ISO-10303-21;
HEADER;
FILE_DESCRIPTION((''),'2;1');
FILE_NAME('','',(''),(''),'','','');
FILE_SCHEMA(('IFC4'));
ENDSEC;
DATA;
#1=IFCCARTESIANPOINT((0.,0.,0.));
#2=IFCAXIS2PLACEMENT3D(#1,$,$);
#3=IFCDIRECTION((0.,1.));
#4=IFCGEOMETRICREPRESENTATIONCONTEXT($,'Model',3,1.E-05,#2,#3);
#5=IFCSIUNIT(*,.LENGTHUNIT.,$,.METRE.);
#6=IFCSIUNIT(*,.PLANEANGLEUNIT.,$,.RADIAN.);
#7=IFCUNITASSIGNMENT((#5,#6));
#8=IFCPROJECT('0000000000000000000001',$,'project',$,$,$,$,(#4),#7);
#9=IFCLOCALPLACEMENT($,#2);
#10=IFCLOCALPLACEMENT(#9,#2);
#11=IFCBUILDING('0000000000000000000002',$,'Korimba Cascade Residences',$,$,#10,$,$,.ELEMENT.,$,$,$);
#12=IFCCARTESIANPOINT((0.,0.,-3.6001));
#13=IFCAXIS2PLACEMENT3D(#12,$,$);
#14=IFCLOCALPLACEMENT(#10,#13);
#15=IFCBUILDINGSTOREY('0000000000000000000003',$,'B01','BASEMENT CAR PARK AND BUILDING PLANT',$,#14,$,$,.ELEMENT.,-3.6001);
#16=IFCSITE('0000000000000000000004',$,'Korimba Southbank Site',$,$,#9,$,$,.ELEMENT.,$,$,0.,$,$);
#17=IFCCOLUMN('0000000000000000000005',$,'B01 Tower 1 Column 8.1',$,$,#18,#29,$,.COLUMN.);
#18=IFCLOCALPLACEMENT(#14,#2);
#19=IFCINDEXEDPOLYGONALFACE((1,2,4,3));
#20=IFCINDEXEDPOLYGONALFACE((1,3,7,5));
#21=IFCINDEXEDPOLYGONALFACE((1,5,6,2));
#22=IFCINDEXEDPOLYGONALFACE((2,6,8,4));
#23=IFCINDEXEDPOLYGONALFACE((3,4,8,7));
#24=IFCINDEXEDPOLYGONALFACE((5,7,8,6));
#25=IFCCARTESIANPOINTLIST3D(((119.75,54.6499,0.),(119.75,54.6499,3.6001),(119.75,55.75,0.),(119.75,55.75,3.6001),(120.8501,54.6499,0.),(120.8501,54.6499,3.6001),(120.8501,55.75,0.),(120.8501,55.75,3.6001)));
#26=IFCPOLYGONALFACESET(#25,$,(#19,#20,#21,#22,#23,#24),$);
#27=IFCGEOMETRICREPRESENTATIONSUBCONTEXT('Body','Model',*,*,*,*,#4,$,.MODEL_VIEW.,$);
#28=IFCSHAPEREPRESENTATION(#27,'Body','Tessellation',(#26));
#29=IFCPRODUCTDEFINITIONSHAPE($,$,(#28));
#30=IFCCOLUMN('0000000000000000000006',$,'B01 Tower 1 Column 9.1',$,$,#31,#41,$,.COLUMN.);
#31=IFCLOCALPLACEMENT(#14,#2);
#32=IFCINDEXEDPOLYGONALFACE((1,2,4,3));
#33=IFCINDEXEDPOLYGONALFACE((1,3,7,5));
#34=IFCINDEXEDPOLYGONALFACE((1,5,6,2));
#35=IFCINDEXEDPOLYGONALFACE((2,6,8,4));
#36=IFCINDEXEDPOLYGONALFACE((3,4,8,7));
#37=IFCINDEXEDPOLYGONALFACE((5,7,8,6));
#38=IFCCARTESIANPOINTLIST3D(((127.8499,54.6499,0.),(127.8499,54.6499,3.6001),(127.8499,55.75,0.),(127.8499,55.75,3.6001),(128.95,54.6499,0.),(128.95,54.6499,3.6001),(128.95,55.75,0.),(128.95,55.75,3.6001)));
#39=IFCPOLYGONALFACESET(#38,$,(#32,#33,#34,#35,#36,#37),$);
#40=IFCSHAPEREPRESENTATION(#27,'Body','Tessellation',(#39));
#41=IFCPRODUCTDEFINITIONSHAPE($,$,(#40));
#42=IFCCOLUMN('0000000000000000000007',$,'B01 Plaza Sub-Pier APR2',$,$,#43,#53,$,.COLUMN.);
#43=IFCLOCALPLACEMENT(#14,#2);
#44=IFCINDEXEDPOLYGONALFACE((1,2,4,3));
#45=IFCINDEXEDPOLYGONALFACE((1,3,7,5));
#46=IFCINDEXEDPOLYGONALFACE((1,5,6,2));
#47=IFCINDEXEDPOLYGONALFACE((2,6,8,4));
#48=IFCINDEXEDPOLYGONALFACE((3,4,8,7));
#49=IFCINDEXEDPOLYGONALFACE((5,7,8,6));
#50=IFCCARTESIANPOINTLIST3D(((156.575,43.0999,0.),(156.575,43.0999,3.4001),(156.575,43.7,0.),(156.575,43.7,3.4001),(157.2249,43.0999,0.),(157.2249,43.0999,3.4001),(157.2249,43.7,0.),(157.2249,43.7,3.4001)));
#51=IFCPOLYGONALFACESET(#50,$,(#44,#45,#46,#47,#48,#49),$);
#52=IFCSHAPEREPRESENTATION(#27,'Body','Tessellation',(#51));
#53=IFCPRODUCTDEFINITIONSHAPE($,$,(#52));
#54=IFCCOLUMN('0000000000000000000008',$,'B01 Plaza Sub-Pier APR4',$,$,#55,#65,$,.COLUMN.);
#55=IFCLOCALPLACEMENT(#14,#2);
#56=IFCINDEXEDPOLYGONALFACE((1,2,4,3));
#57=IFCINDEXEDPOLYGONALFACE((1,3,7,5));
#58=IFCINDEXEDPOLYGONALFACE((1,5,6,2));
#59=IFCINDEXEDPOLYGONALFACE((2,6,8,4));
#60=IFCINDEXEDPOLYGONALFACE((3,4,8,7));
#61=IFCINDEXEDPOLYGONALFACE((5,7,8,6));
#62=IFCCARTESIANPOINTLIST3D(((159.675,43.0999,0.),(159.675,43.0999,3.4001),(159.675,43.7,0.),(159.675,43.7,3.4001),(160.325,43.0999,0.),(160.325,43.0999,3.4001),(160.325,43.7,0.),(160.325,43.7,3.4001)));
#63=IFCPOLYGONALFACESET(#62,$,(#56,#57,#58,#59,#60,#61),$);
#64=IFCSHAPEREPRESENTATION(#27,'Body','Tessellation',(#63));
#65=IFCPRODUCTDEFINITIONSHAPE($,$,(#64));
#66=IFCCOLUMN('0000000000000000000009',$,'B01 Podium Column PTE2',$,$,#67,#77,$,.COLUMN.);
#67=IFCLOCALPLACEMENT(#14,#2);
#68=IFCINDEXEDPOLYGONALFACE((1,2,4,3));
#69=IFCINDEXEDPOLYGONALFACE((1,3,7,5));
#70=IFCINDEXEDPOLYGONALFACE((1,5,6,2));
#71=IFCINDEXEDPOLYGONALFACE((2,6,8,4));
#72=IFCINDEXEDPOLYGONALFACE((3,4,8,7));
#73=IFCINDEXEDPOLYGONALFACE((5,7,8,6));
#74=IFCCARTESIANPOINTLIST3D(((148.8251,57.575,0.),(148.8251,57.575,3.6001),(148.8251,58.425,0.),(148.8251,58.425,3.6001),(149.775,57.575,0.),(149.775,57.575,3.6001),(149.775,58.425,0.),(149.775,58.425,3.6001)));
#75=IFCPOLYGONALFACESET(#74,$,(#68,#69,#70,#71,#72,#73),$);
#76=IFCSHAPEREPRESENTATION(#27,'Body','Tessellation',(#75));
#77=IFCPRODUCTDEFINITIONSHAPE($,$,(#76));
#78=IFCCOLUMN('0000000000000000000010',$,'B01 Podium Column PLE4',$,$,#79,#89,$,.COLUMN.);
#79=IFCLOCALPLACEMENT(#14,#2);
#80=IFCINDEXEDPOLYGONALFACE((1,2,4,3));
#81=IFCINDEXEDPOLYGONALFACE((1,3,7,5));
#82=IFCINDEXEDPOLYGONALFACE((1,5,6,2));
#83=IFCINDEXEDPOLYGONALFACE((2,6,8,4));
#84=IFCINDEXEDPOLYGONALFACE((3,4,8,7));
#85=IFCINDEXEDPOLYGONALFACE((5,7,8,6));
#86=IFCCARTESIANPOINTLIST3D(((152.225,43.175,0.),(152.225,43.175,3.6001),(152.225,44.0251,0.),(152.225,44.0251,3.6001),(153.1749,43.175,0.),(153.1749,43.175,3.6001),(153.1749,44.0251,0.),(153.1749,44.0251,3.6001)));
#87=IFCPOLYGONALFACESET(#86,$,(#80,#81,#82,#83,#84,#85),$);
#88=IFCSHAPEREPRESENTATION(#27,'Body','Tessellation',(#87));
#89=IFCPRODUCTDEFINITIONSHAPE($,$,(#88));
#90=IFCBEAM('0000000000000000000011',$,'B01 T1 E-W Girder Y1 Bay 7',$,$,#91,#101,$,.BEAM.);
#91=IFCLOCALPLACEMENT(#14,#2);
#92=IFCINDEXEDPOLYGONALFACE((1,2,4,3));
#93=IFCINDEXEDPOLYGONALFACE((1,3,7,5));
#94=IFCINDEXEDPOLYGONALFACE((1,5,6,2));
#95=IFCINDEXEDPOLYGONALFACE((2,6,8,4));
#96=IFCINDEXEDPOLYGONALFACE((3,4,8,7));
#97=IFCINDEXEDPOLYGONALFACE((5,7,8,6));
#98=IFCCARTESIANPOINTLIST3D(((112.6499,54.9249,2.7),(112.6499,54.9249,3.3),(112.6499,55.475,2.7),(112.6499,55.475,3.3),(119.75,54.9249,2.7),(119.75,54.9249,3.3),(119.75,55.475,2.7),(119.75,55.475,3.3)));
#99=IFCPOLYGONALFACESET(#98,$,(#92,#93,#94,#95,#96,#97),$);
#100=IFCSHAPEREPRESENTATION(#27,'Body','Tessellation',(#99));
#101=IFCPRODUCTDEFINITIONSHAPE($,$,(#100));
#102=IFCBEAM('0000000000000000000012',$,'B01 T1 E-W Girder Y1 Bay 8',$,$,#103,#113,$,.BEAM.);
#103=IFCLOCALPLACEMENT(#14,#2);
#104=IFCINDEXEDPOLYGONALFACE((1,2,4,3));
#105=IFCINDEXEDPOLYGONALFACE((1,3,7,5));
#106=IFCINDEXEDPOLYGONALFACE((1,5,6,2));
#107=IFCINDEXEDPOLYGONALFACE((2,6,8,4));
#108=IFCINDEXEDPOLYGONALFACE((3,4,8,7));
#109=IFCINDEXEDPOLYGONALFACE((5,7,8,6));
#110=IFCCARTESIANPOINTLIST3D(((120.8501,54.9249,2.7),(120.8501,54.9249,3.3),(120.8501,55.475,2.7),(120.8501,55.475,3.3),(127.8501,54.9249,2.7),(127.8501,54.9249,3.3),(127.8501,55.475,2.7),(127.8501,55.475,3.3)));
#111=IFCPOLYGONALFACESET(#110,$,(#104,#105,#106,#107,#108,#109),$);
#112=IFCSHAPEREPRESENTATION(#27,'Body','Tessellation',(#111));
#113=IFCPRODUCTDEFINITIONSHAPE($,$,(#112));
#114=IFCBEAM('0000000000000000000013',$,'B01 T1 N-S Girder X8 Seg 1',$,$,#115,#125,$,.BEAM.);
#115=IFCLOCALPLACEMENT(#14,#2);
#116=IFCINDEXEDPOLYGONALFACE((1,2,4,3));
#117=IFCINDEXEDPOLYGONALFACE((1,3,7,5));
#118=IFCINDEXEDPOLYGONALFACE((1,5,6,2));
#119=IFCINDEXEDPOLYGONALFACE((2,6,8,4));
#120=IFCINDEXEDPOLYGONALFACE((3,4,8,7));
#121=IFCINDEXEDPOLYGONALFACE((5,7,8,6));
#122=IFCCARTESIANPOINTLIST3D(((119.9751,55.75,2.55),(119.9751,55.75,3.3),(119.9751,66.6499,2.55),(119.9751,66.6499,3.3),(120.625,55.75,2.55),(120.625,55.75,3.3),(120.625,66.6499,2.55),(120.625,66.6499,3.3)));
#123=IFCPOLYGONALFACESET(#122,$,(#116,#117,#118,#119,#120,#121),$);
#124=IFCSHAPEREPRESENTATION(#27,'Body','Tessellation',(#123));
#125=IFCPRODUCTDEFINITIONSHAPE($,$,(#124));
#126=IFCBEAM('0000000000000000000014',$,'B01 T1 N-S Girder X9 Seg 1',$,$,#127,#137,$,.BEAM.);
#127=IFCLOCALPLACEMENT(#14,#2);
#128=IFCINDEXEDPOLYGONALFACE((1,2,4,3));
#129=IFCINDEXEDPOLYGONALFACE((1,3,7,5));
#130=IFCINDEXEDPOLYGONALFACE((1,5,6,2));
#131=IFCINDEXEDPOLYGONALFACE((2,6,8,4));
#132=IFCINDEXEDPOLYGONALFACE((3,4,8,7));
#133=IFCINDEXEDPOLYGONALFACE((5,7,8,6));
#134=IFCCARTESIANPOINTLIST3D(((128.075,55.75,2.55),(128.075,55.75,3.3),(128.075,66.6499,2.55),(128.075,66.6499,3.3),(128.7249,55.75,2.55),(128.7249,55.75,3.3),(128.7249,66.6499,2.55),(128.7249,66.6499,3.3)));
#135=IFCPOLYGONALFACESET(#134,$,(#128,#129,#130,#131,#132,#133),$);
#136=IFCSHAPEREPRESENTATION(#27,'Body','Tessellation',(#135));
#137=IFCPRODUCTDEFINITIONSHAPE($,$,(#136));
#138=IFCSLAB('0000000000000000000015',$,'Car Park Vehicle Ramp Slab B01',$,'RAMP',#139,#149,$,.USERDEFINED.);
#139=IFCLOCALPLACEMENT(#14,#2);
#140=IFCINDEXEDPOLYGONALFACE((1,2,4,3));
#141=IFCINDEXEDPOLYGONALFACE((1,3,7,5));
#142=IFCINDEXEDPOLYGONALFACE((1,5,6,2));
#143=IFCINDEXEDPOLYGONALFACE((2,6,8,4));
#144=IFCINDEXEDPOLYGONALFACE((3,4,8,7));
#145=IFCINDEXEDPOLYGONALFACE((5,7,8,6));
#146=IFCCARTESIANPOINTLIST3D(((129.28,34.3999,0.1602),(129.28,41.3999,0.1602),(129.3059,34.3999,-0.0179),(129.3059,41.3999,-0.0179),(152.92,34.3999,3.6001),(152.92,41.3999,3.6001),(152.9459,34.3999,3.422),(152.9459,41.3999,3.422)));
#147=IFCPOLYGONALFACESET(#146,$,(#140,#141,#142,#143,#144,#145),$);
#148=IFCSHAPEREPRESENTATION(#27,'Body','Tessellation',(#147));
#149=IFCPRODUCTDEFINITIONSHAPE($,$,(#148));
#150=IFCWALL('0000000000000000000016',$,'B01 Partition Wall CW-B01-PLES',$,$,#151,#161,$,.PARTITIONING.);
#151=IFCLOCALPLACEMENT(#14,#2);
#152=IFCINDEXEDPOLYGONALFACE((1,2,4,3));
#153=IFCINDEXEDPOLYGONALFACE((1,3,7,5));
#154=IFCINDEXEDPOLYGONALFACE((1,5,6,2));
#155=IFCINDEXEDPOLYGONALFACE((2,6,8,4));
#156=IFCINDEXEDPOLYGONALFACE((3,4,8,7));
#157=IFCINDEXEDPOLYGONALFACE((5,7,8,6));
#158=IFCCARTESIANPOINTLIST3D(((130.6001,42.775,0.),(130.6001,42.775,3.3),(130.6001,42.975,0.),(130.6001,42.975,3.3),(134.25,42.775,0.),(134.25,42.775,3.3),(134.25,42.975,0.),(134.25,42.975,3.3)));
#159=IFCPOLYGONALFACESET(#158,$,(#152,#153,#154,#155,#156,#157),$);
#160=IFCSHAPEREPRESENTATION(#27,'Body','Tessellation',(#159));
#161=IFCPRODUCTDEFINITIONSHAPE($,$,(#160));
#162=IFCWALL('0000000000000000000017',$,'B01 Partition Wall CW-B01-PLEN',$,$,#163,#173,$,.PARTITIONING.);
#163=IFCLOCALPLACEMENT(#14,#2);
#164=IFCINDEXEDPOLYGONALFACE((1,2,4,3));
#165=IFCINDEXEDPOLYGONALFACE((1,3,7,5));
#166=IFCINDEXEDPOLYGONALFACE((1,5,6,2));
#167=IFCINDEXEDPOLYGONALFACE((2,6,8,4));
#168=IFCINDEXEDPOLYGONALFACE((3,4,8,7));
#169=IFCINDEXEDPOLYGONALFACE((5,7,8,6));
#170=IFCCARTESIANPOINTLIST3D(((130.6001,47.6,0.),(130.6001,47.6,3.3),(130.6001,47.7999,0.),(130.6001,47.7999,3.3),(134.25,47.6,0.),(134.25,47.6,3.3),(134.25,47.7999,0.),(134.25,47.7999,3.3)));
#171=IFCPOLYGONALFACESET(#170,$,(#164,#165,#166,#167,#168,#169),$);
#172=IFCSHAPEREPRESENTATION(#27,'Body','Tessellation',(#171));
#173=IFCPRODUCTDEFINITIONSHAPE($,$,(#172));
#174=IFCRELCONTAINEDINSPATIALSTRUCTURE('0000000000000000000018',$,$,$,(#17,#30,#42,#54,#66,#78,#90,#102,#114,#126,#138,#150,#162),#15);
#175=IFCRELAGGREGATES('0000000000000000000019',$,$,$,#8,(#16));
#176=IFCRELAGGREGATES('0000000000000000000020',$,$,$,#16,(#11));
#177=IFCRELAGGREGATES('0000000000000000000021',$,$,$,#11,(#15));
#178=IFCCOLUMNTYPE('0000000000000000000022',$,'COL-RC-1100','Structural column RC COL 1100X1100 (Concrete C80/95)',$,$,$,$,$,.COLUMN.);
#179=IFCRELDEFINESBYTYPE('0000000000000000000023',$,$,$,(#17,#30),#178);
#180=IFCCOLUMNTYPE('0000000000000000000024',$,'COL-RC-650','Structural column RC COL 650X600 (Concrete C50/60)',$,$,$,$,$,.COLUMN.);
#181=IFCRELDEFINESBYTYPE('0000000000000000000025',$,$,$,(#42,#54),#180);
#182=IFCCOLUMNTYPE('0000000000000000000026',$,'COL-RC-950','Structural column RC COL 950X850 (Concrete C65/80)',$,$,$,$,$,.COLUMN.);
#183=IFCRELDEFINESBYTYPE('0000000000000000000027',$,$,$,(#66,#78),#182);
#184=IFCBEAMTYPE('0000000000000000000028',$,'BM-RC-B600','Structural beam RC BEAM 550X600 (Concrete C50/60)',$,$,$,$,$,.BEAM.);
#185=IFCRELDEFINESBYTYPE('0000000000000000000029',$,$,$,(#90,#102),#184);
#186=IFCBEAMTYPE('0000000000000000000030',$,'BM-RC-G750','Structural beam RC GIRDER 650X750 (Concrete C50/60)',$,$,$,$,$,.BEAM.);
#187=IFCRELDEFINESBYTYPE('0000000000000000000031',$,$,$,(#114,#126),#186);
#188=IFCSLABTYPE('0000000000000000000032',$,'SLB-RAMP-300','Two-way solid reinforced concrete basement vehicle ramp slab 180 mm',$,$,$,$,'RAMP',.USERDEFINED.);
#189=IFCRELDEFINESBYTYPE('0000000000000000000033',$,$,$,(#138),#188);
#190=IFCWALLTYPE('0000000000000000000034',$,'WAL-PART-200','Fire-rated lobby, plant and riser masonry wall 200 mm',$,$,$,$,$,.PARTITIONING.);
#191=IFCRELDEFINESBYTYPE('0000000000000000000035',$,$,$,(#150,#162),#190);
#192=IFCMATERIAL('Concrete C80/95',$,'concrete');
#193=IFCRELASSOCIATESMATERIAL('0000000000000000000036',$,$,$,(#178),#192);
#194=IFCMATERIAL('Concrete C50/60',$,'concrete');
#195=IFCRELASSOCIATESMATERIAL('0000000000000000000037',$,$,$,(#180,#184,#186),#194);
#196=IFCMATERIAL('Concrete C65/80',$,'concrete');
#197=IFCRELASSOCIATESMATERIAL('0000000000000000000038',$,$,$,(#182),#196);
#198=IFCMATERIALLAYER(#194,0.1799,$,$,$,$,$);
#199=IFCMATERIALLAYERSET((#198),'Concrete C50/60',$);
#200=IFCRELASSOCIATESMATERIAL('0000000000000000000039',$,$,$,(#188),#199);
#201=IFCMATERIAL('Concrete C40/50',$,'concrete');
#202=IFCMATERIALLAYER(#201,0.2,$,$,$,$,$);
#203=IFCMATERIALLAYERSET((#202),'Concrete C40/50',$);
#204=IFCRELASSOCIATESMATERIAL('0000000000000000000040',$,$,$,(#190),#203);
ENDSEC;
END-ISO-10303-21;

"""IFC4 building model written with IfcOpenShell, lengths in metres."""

from ifc_helpers import new_model, si_unit, direction, frame, frame_2d, origin, origin_2d, place, context, subcontext, project, spatial, polyline, rectangle, outline, extrude, material, layer, layer_set, material_profile, profile_set, type_object, element, save


model = new_model("IFC4")

# Units and contexts
model_context = context("Model", 3, precision=1e-05, world=origin(), true_north=direction((0.0, 1.0)))
body_context = subcontext(model_context, "Body", "Model", "MODEL_VIEW")
ifc_project = project(units=[si_unit("LENGTHUNIT", "METRE"), si_unit("PLANEANGLEUNIT", "RADIAN")], contexts=[model_context])

# Site, building, storey
site_placement = place(None, origin())
site = spatial("IfcSite", under=ifc_project, at=site_placement, Name="Korimba Southbank Site", CompositionType="ELEMENT", RefElevation=0.0)
building_placement = place(site_placement, origin())
building = spatial("IfcBuilding", under=site, at=building_placement, Name="Korimba Cascade Residences", CompositionType="ELEMENT")
storey_placement = place(building_placement, frame((0.0, 0.0, -3.6001)))
storey = spatial("IfcBuildingStorey", under=building, at=storey_placement, Name="B01", Description="BASEMENT CAR PARK AND BUILDING PLANT", CompositionType="ELEMENT", Elevation=-3.6001)

# Columns
ifc_material_1 = material(Name="Concrete C80/95", Category="concrete")
ifc_material_profile_1 = material_profile(ifc_material_1, rectangle(XDim=1.1001, YDim=1.1001, at=origin_2d()), Name="Concrete C80/95")
ifc_profile_set_1 = profile_set([ifc_material_profile_1], Name="Concrete C80/95")
column_type_1 = type_object("IfcColumnType", Name="COL-RC-1100", Description="Structural column RC COL 1100X1100 (Concrete C80/95)", PredefinedType="COLUMN", material=ifc_profile_set_1)
for number, where, z_axis, x_axis, name in (
    (1, (120.3, 55.2, 0.0), (0.0, 0.0, 1.0), (1.0, 0.0, 0.0), "B01 Tower 1 Column 8.1"),
    (2, (128.3999, 55.2, 0.0), (0.0, 0.0, 1.0), (1.0, 0.0, 0.0), "B01 Tower 1 Column 9.1"),
):
    element("IfcColumn", number, at=place(storey_placement, frame(where, z_axis=z_axis, x_axis=x_axis)), inside=storey, type_object=column_type_1, Name=name, PredefinedType="COLUMN", context=body_context, shape_type="SweptSolid", body=[
        extrude(rectangle(XDim=1.1001, YDim=1.1001, at=origin_2d()), origin(), (0.0, 0.0, 1.0), 3.6001),
    ])
ifc_material_2 = material(Name="Concrete C50/60", Category="concrete")
ifc_material_profile_2 = material_profile(ifc_material_2, rectangle(XDim=0.6499, YDim=0.6001, at=origin_2d()), Name="Concrete C50/60")
ifc_profile_set_2 = profile_set([ifc_material_profile_2], Name="Concrete C50/60")
column_type_2 = type_object("IfcColumnType", Name="COL-RC-650", Description="Structural column RC COL 650X600 (Concrete C50/60)", PredefinedType="COLUMN", material=ifc_profile_set_2)
for number, where, z_axis, x_axis, name in (
    (3, (156.8999, 43.3999, 0.0), (0.0, 0.0, 1.0), (1.0, 0.0, 0.0), "B01 Plaza Sub-Pier APR2"),
    (4, (160.0, 43.3999, 0.0), (0.0, 0.0, 1.0), (1.0, 0.0, 0.0), "B01 Plaza Sub-Pier APR4"),
):
    element("IfcColumn", number, at=place(storey_placement, frame(where, z_axis=z_axis, x_axis=x_axis)), inside=storey, type_object=column_type_2, Name=name, PredefinedType="COLUMN", context=body_context, shape_type="SweptSolid", body=[
        extrude(rectangle(XDim=0.6499, YDim=0.6001, at=origin_2d()), origin(), (0.0, 0.0, 1.0), 3.4001),
    ])
ifc_material_3 = material(Name="Concrete C65/80", Category="concrete")
ifc_material_profile_3 = material_profile(ifc_material_3, rectangle(XDim=0.95, YDim=0.8501, at=origin_2d()), Name="Concrete C65/80")
ifc_profile_set_3 = profile_set([ifc_material_profile_3], Name="Concrete C65/80")
column_type_3 = type_object("IfcColumnType", Name="COL-RC-950", Description="Structural column RC COL 950X850 (Concrete C65/80)", PredefinedType="COLUMN", material=ifc_profile_set_3)
for number, where, z_axis, x_axis, name in (
    (5, (149.3, 58.0, 0.0), (0.0, 0.0, 1.0), (1.0, 0.0, 0.0), "B01 Podium Column PTE2"),
    (6, (152.7, 43.6001, 0.0), (0.0, 0.0, 1.0), (1.0, 0.0, 0.0), "B01 Podium Column PLE4"),
):
    element("IfcColumn", number, at=place(storey_placement, frame(where, z_axis=z_axis, x_axis=x_axis)), inside=storey, type_object=column_type_3, Name=name, PredefinedType="COLUMN", context=body_context, shape_type="SweptSolid", body=[
        extrude(rectangle(XDim=0.95, YDim=0.8501, at=origin_2d()), origin(), (0.0, 0.0, 1.0), 3.6001),
    ])

# Beams
ifc_material_profile_4 = material_profile(ifc_material_2, rectangle(XDim=0.55, YDim=0.6001, at=origin_2d()), Name="Concrete C50/60")
ifc_profile_set_4 = profile_set([ifc_material_profile_4], Name="Concrete C50/60")
beam_type_1 = type_object("IfcBeamType", Name="BM-RC-B600", Description="Structural beam RC BEAM 550X600 (Concrete C50/60)", PredefinedType="BEAM", material=ifc_profile_set_4)
beam_1_placement = place(storey_placement, frame((112.6499, 55.2, 3.0), z_axis=(1.0, 0.0, 0.0), x_axis=(0.0, 1.0, 0.0)))
element("IfcBeam", 7, at=beam_1_placement, inside=storey, type_object=beam_type_1, Name="B01 T1 E-W Girder Y1 Bay 7", PredefinedType="BEAM", context=body_context, shape_type="SweptSolid", body=[
    extrude(rectangle(XDim=0.55, YDim=0.6001, at=origin_2d()), origin(), (0.0, 0.0, 1.0), 7.1001),
])
beam_2_placement = place(storey_placement, frame((120.8501, 55.2, 3.0), z_axis=(1.0, 0.0, 0.0), x_axis=(0.0, 1.0, 0.0)))
element("IfcBeam", 8, at=beam_2_placement, inside=storey, type_object=beam_type_1, Name="B01 T1 E-W Girder Y1 Bay 8", PredefinedType="BEAM", context=body_context, shape_type="SweptSolid", body=[
    extrude(rectangle(XDim=0.55, YDim=0.6001, at=origin_2d()), origin(), (0.0, 0.0, 1.0), 7.0),
])
ifc_material_profile_5 = material_profile(ifc_material_2, rectangle(XDim=0.6499, YDim=0.75, at=origin_2d()), Name="Concrete C50/60")
ifc_profile_set_5 = profile_set([ifc_material_profile_5], Name="Concrete C50/60")
beam_type_2 = type_object("IfcBeamType", Name="BM-RC-G750", Description="Structural beam RC GIRDER 650X750 (Concrete C50/60)", PredefinedType="BEAM", material=ifc_profile_set_5)
for number, where, z_axis, x_axis, name in (
    (9, (120.3, 55.75, 2.925), (0.0, 1.0, 0.0), (-1.0, 0.0, 0.0), "B01 T1 N-S Girder X8 Seg 1"),
    (10, (128.3999, 55.75, 2.925), (0.0, 1.0, 0.0), (-1.0, 0.0, 0.0), "B01 T1 N-S Girder X9 Seg 1"),
):
    element("IfcBeam", number, at=place(storey_placement, frame(where, z_axis=z_axis, x_axis=x_axis)), inside=storey, type_object=beam_type_2, Name=name, PredefinedType="BEAM", context=body_context, shape_type="SweptSolid", body=[
        extrude(rectangle(XDim=0.6499, YDim=0.75, at=origin_2d()), origin(), (0.0, 0.0, 1.0), 10.8999),
    ])

# Slab
ifc_layer_1 = layer(ifc_material_2, 0.1799)
ifc_layer_set_1 = layer_set([ifc_layer_1], Name="Concrete C50/60")
slab_type = type_object("IfcSlabType", Name="SLB-RAMP-300", Description="Two-way solid reinforced concrete basement vehicle ramp slab 180 mm", ElementType="RAMP", PredefinedType="USERDEFINED", material=ifc_layer_set_1)
slab_placement = place(storey_placement, frame((129.28, 34.3999, 0.1602), z_axis=(-0.143998, 0.0, 0.989578), x_axis=(0.989578, 0.0, 0.143998)))
element("IfcSlab", 11, at=slab_placement, inside=storey, type_object=slab_type, Name="Car Park Vehicle Ramp Slab B01", ObjectType="RAMP", PredefinedType="USERDEFINED", context=body_context, shape_type="SweptSolid", body=[
    extrude(outline(polyline([(0.0, 0.0), (23.8889, 0.0), (23.8889, 7.0), (0.0, 7.0), (0.0, 0.0)])), origin(), (0.0, 0.0, -1.0), 0.1799),
])

# Shared definitions
ifc_material_4 = material(Name="Concrete C40/50", Category="concrete")
ifc_layer_2 = layer(ifc_material_4, 0.2)
ifc_layer_set_2 = layer_set([ifc_layer_2], Name="Concrete C40/50")
wall_type_1 = type_object("IfcWallType", Name="WAL-PART-200", Description="Fire-rated lobby, plant and riser masonry wall 200 mm", PredefinedType="PARTITIONING", material=ifc_layer_set_2)

# Walls
for number, where, z_axis, x_axis, name in (
    (12, (130.6001, 42.875, 0.0), (0.0, 0.0, 1.0), (1.0, 0.0, 0.0), "B01 Partition Wall CW-B01-PLES"),
    (13, (130.6001, 47.7, 0.0), (0.0, 0.0, 1.0), (1.0, 0.0, 0.0), "B01 Partition Wall CW-B01-PLEN"),
):
    element("IfcWall", number, at=place(storey_placement, frame(where, z_axis=z_axis, x_axis=x_axis)), inside=storey, type_object=wall_type_1, Name=name, PredefinedType="PARTITIONING", context=body_context, shape_type="SweptSolid", body=[
        extrude(rectangle(XDim=3.6499, YDim=0.2, at=frame_2d((1.825, 0.0))), origin(), (0.0, 0.0, 1.0), 3.3),
    ])

save(model, "model.ifc")
